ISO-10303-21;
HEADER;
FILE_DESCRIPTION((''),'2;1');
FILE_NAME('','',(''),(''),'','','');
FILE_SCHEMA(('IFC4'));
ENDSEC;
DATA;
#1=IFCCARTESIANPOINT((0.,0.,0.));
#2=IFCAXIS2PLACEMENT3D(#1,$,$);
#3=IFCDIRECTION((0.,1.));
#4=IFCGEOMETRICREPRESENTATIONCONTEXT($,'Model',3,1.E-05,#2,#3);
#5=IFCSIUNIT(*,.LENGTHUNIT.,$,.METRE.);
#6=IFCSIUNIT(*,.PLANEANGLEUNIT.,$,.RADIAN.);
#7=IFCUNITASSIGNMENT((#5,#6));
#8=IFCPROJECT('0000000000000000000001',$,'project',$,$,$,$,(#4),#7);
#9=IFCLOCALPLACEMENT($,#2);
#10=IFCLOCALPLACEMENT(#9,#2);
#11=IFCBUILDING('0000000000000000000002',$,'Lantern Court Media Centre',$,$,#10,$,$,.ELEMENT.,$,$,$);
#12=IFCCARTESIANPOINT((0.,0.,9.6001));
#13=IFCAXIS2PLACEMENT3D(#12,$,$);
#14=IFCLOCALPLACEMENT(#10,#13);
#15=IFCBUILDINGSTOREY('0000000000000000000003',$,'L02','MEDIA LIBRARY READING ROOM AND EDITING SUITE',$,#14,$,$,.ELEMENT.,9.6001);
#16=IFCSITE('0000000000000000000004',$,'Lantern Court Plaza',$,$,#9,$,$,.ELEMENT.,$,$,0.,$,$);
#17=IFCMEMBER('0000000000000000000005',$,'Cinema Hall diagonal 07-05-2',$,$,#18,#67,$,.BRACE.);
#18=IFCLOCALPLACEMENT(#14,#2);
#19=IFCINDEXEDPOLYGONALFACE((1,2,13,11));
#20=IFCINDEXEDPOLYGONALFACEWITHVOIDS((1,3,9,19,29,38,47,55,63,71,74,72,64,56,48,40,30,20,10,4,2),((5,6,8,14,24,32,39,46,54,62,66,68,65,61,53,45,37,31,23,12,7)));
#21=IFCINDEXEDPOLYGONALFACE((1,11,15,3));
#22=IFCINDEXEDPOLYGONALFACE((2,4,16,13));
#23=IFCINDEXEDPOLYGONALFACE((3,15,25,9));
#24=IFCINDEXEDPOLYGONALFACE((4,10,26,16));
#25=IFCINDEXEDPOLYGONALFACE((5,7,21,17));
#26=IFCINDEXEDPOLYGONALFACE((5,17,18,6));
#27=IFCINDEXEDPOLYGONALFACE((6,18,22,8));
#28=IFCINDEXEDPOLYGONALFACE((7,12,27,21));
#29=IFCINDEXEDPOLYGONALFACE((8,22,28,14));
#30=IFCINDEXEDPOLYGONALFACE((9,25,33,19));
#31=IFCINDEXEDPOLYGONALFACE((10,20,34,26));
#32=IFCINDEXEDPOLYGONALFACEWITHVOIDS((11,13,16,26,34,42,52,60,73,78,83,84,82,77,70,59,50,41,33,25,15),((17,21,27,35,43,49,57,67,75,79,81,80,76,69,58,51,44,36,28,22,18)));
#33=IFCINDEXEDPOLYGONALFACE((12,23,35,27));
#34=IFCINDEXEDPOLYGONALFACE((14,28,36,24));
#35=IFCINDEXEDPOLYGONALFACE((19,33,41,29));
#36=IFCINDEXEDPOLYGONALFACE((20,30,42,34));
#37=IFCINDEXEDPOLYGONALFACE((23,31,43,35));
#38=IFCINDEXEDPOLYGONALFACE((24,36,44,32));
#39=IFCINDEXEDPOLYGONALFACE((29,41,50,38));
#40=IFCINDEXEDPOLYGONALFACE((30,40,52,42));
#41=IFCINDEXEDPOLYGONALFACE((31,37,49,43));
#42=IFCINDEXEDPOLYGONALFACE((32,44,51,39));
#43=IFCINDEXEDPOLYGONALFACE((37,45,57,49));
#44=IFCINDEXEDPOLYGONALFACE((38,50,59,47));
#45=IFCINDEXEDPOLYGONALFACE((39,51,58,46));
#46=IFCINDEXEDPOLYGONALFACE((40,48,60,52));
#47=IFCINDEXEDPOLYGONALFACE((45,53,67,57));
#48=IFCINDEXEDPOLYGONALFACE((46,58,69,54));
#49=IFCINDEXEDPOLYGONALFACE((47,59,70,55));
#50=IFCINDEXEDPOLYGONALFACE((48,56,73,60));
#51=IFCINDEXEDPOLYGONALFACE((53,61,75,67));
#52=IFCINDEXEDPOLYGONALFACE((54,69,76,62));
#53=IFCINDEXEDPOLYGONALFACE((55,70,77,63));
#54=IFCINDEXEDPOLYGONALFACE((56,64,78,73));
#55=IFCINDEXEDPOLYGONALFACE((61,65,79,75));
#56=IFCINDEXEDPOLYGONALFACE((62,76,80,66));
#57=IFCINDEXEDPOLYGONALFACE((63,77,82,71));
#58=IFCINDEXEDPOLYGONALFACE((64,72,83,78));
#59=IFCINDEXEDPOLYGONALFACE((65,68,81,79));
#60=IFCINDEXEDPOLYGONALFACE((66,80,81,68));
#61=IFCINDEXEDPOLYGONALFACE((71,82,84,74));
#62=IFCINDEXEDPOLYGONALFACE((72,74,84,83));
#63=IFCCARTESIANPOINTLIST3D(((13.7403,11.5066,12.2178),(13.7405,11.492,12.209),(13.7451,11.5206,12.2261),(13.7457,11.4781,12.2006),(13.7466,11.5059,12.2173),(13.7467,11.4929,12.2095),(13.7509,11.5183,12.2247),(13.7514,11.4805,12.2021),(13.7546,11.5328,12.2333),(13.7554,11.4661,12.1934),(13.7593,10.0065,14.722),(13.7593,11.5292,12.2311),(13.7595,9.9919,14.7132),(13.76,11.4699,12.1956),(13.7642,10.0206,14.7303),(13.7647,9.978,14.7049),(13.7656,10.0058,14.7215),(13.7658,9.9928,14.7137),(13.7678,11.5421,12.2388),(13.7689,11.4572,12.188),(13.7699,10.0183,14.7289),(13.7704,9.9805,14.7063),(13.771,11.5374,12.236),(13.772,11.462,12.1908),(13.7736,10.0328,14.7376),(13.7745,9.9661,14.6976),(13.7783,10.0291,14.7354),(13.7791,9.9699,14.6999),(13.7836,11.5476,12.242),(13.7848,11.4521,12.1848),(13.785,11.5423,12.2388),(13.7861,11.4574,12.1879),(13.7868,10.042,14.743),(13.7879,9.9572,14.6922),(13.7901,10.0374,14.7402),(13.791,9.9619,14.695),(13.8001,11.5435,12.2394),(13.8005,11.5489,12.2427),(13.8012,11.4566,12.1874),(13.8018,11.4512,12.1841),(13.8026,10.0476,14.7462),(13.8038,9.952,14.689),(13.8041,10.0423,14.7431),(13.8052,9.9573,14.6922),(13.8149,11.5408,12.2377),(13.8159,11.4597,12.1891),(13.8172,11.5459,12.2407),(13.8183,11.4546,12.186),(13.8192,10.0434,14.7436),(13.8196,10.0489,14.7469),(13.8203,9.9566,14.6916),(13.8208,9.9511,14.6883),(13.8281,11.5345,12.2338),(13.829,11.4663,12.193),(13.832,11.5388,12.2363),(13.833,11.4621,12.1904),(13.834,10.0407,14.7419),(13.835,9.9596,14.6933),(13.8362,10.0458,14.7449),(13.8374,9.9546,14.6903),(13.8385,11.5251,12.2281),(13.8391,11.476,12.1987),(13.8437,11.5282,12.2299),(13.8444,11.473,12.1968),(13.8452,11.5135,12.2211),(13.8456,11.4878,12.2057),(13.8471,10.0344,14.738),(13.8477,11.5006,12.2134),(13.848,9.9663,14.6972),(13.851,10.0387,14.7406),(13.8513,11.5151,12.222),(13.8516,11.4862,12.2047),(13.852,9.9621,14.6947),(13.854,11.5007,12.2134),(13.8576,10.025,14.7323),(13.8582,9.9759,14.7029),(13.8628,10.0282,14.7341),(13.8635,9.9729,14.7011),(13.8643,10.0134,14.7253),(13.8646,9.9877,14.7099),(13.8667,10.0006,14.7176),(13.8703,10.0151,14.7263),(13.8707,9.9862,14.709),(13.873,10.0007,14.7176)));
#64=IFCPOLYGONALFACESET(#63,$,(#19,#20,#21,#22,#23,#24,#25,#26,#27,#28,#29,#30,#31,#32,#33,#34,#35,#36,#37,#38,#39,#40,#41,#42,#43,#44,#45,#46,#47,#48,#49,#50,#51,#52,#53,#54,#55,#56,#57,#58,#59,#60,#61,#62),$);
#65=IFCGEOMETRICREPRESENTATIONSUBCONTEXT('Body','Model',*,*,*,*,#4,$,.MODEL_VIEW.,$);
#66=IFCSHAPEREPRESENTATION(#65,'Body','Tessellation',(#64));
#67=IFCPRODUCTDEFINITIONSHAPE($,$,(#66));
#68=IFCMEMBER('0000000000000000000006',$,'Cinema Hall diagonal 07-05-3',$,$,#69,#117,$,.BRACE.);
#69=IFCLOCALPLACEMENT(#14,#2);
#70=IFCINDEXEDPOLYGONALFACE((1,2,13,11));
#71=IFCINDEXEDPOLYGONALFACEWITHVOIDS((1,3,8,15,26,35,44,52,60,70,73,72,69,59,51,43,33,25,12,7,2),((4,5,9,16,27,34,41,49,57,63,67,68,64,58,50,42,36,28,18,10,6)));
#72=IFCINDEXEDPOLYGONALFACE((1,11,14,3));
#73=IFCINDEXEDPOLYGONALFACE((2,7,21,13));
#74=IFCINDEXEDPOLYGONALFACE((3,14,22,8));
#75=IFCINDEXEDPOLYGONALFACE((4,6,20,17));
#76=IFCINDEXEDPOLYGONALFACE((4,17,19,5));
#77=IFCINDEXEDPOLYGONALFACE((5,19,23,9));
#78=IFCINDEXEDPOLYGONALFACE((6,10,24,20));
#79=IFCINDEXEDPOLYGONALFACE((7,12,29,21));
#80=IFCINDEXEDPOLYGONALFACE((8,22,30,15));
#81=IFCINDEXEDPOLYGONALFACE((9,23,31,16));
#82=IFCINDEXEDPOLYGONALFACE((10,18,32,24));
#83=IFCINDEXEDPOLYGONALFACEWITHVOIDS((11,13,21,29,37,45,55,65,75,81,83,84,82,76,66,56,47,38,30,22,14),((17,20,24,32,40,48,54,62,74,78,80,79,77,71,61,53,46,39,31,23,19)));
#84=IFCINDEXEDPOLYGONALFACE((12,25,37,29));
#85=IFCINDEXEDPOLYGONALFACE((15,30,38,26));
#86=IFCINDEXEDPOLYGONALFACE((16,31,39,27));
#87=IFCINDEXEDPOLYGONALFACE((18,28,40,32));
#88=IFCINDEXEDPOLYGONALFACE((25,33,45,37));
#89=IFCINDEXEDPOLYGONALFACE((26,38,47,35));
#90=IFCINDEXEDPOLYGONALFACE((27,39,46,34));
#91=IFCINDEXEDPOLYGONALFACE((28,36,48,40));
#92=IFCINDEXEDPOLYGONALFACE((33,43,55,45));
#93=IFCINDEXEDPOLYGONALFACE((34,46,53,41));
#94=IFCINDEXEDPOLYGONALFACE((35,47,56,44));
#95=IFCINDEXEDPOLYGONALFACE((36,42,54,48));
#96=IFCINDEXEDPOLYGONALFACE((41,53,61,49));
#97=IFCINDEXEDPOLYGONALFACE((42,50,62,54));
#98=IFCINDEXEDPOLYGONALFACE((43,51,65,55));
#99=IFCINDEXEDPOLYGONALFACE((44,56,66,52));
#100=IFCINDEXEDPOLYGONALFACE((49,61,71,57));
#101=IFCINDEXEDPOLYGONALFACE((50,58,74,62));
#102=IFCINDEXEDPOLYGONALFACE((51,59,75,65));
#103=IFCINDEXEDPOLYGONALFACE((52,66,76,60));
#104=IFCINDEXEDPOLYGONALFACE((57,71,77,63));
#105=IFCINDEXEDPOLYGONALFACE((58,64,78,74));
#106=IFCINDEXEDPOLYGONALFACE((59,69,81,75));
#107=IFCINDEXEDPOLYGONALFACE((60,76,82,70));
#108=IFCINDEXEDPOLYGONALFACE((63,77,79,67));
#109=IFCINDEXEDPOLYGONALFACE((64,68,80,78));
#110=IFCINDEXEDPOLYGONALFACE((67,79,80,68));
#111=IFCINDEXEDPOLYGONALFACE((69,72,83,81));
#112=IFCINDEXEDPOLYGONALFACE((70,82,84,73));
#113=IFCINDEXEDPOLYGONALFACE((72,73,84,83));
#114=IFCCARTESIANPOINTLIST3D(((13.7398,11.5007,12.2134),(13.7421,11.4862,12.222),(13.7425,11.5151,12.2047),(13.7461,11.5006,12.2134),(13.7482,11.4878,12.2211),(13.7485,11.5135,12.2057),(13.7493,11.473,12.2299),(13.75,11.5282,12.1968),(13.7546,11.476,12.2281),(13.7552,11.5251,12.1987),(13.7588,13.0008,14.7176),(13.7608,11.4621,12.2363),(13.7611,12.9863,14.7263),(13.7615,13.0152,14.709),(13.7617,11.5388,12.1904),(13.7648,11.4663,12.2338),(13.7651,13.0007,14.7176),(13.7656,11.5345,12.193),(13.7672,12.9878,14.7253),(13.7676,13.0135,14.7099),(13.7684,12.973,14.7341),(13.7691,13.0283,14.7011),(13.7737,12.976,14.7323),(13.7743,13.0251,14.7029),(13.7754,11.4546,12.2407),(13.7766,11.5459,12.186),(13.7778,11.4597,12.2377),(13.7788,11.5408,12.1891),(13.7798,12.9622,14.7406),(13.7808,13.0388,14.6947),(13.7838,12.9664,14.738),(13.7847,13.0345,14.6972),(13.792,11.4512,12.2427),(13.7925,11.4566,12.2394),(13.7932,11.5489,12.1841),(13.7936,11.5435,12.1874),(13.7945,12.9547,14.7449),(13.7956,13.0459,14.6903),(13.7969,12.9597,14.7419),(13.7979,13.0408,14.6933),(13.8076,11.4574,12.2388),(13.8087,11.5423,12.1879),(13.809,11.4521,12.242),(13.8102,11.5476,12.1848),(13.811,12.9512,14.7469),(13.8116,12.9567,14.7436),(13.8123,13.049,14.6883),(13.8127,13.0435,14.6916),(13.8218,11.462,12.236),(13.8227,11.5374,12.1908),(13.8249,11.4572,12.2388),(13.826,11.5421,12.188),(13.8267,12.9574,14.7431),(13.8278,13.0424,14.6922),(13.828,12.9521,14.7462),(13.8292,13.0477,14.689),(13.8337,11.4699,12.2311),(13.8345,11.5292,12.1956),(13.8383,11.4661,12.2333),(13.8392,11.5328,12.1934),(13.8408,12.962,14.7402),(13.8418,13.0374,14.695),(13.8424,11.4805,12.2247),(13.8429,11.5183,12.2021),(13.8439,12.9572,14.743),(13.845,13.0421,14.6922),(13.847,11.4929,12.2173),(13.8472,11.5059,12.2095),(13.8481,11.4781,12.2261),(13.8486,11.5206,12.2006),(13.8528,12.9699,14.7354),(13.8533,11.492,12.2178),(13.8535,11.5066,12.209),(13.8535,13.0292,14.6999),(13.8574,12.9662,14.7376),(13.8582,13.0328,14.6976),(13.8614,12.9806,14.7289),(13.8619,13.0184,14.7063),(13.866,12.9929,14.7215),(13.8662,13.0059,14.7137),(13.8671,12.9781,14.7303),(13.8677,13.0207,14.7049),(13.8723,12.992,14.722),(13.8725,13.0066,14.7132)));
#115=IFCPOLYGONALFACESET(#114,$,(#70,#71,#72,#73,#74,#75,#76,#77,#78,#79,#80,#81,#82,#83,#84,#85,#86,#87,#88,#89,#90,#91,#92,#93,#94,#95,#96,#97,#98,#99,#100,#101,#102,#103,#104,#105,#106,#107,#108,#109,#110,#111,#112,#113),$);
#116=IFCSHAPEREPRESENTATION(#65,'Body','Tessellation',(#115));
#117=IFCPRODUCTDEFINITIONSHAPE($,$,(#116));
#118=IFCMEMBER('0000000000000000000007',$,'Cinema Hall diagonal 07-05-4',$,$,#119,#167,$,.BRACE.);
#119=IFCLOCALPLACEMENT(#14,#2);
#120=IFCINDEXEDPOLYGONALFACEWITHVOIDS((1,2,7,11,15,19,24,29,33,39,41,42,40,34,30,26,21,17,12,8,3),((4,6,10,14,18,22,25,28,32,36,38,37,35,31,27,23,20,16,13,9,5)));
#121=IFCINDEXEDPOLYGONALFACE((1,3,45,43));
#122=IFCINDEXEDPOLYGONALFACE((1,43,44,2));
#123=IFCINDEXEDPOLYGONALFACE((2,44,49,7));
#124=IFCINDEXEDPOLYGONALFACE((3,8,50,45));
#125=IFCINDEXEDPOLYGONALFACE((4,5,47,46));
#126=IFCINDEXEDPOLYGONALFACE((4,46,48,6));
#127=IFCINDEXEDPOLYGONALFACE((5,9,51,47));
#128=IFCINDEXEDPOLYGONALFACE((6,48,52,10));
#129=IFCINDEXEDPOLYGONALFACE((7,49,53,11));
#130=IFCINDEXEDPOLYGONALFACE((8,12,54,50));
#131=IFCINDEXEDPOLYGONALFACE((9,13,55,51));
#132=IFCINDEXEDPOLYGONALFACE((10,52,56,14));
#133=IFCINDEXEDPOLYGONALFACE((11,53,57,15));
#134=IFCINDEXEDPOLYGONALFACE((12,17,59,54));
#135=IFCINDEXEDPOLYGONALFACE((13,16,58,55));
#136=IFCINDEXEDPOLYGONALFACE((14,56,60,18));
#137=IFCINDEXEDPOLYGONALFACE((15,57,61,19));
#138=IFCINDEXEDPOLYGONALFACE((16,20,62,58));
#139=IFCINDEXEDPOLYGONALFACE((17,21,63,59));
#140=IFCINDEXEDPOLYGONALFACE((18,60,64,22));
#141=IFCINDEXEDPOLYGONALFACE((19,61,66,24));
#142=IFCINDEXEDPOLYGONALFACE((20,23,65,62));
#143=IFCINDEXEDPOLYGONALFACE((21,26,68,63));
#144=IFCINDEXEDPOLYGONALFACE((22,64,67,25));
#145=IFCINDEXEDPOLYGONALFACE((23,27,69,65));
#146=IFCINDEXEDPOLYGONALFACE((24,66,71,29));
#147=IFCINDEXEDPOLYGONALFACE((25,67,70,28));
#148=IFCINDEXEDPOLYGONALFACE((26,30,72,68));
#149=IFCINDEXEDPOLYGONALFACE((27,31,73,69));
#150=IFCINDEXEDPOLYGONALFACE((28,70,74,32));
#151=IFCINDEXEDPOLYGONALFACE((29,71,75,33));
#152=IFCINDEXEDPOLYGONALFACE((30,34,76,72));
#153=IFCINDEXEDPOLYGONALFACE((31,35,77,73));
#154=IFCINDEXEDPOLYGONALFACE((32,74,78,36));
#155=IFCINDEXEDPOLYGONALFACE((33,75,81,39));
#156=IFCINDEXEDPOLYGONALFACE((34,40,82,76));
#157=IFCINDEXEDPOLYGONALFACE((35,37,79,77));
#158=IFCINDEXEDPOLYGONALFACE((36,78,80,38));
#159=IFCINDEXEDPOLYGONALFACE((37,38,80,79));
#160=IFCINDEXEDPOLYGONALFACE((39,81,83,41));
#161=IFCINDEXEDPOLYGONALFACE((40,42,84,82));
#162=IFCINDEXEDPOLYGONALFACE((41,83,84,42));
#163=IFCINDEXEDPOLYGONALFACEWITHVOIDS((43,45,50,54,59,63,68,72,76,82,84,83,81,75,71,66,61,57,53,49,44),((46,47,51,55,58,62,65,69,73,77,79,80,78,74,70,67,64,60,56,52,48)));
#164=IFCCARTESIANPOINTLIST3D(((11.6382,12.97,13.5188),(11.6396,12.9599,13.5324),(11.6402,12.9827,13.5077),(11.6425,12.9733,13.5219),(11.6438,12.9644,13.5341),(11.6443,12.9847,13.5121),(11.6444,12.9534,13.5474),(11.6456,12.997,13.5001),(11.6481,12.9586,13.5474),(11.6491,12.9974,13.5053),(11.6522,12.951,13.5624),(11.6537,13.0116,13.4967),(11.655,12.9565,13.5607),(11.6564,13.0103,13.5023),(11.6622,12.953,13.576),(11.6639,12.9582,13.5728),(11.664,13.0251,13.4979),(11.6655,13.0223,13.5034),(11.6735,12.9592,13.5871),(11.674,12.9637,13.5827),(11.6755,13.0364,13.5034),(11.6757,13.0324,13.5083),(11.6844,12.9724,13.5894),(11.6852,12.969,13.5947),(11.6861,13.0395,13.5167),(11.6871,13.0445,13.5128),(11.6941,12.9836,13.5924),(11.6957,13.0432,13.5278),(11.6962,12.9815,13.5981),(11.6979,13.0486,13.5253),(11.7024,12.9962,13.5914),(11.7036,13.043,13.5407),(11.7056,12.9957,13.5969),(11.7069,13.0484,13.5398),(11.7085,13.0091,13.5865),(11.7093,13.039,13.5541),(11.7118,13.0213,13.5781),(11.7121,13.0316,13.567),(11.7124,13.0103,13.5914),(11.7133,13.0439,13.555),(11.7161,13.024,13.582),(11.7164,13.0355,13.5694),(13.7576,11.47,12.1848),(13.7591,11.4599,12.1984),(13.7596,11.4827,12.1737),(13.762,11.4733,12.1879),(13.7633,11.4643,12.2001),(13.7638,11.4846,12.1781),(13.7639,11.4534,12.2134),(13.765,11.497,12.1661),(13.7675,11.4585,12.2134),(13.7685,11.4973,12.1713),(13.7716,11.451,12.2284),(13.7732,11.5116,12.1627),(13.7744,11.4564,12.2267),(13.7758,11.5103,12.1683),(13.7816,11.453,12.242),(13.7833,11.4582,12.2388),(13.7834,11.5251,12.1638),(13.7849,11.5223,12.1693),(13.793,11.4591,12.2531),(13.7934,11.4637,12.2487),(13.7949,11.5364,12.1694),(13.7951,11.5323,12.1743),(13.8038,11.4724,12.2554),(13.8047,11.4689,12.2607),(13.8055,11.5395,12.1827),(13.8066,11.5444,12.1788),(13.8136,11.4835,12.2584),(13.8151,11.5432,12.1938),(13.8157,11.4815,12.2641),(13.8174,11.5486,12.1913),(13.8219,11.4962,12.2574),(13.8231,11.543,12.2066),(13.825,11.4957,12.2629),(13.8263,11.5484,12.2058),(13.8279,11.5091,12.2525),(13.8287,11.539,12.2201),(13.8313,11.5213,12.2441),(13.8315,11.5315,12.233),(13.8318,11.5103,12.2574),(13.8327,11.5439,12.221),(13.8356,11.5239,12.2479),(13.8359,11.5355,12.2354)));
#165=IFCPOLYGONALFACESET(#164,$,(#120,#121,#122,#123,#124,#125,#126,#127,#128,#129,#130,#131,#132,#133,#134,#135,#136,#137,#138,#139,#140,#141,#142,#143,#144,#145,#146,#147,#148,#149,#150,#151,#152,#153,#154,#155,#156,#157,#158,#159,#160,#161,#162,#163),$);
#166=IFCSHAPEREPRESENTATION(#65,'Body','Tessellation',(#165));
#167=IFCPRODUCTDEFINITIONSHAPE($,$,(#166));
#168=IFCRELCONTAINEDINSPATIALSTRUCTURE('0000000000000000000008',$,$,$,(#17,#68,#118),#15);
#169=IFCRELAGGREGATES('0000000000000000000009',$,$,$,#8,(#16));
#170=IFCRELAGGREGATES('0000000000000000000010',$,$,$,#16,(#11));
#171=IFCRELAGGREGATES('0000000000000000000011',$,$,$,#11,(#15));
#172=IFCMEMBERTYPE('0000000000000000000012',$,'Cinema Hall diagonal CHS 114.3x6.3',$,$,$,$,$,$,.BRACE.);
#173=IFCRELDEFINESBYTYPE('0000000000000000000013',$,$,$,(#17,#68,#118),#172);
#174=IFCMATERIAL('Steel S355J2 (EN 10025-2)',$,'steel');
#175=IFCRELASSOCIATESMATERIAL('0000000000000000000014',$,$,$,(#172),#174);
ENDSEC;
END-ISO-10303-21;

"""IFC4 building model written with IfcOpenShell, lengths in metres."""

from ifc_helpers import new_model, si_unit, direction, frame, origin, origin_2d, place, context, subcontext, project, spatial, hollow_circle, extrude, material, material_profile, profile_set, type_object, element, save


model = new_model("IFC4")

# Units and contexts
model_context = context("Model", 3, precision=1e-05, world=origin(), true_north=direction((0.0, 1.0)))
body_context = subcontext(model_context, "Body", "Model", "MODEL_VIEW")
ifc_project = project(units=[si_unit("LENGTHUNIT", "METRE"), si_unit("PLANEANGLEUNIT", "RADIAN")], contexts=[model_context])

# Site, building, storey
site_placement = place(None, origin())
site = spatial("IfcSite", under=ifc_project, at=site_placement, Name="Lantern Court Plaza", CompositionType="ELEMENT", RefElevation=0.0)
building_placement = place(site_placement, origin())
building = spatial("IfcBuilding", under=site, at=building_placement, Name="Lantern Court Media Centre", CompositionType="ELEMENT")
storey_placement = place(building_placement, frame((0.0, 0.0, 9.6001)))
storey = spatial("IfcBuildingStorey", under=building, at=storey_placement, Name="L02", Description="MEDIA LIBRARY READING ROOM AND EDITING SUITE", CompositionType="ELEMENT", Elevation=9.6001)

# Members
ifc_material = material(Name="Steel S355J2 (EN 10025-2)", Category="steel")
ifc_material_profile_1 = material_profile(ifc_material, hollow_circle(Radius=0.0571, WallThickness=0.0063, at=origin_2d()), Name="Cinema Hall diagonal CHS 114.3x6.3")
ifc_profile_set_1 = profile_set([ifc_material_profile_1], Name="Steel S355J2 (EN 10025-2)")
member_type_1 = type_object("IfcMemberType", Name="Cinema Hall diagonal CHS 114.3x6.3", PredefinedType="BRACE", material=ifc_profile_set_1)
for number, where, z_axis, x_axis, name in (
    (1, (13.7969, 11.5, 12.2134), (0.006524, -0.513857, 0.857851), (0.999919, 0.012694, 0.0), "Cinema Hall diagonal 07-05-2"),
    (2, (13.7969, 11.5, 12.2134), (0.006524, 0.513857, 0.857851), (-0.999919, 0.012694, 0.0), "Cinema Hall diagonal 07-05-3"),
    (3, (13.7969, 11.5, 12.2134), (-0.726034, 0.513852, 0.45698), (-0.577702, -0.816248, 0.0), "Cinema Hall diagonal 07-05-4"),
):
    element("IfcMember", number, at=place(storey_placement, frame(where, z_axis=z_axis, x_axis=x_axis)), inside=storey, type_object=member_type_1, Name=name, PredefinedType="BRACE", context=body_context, shape_type="SweptSolid", body=[
        extrude(hollow_circle(Radius=0.0571, WallThickness=0.0063, at=origin_2d()), origin(), (0.0, 0.0, 1.0), 2.9192),
    ])

save(model, "model.ifc")
